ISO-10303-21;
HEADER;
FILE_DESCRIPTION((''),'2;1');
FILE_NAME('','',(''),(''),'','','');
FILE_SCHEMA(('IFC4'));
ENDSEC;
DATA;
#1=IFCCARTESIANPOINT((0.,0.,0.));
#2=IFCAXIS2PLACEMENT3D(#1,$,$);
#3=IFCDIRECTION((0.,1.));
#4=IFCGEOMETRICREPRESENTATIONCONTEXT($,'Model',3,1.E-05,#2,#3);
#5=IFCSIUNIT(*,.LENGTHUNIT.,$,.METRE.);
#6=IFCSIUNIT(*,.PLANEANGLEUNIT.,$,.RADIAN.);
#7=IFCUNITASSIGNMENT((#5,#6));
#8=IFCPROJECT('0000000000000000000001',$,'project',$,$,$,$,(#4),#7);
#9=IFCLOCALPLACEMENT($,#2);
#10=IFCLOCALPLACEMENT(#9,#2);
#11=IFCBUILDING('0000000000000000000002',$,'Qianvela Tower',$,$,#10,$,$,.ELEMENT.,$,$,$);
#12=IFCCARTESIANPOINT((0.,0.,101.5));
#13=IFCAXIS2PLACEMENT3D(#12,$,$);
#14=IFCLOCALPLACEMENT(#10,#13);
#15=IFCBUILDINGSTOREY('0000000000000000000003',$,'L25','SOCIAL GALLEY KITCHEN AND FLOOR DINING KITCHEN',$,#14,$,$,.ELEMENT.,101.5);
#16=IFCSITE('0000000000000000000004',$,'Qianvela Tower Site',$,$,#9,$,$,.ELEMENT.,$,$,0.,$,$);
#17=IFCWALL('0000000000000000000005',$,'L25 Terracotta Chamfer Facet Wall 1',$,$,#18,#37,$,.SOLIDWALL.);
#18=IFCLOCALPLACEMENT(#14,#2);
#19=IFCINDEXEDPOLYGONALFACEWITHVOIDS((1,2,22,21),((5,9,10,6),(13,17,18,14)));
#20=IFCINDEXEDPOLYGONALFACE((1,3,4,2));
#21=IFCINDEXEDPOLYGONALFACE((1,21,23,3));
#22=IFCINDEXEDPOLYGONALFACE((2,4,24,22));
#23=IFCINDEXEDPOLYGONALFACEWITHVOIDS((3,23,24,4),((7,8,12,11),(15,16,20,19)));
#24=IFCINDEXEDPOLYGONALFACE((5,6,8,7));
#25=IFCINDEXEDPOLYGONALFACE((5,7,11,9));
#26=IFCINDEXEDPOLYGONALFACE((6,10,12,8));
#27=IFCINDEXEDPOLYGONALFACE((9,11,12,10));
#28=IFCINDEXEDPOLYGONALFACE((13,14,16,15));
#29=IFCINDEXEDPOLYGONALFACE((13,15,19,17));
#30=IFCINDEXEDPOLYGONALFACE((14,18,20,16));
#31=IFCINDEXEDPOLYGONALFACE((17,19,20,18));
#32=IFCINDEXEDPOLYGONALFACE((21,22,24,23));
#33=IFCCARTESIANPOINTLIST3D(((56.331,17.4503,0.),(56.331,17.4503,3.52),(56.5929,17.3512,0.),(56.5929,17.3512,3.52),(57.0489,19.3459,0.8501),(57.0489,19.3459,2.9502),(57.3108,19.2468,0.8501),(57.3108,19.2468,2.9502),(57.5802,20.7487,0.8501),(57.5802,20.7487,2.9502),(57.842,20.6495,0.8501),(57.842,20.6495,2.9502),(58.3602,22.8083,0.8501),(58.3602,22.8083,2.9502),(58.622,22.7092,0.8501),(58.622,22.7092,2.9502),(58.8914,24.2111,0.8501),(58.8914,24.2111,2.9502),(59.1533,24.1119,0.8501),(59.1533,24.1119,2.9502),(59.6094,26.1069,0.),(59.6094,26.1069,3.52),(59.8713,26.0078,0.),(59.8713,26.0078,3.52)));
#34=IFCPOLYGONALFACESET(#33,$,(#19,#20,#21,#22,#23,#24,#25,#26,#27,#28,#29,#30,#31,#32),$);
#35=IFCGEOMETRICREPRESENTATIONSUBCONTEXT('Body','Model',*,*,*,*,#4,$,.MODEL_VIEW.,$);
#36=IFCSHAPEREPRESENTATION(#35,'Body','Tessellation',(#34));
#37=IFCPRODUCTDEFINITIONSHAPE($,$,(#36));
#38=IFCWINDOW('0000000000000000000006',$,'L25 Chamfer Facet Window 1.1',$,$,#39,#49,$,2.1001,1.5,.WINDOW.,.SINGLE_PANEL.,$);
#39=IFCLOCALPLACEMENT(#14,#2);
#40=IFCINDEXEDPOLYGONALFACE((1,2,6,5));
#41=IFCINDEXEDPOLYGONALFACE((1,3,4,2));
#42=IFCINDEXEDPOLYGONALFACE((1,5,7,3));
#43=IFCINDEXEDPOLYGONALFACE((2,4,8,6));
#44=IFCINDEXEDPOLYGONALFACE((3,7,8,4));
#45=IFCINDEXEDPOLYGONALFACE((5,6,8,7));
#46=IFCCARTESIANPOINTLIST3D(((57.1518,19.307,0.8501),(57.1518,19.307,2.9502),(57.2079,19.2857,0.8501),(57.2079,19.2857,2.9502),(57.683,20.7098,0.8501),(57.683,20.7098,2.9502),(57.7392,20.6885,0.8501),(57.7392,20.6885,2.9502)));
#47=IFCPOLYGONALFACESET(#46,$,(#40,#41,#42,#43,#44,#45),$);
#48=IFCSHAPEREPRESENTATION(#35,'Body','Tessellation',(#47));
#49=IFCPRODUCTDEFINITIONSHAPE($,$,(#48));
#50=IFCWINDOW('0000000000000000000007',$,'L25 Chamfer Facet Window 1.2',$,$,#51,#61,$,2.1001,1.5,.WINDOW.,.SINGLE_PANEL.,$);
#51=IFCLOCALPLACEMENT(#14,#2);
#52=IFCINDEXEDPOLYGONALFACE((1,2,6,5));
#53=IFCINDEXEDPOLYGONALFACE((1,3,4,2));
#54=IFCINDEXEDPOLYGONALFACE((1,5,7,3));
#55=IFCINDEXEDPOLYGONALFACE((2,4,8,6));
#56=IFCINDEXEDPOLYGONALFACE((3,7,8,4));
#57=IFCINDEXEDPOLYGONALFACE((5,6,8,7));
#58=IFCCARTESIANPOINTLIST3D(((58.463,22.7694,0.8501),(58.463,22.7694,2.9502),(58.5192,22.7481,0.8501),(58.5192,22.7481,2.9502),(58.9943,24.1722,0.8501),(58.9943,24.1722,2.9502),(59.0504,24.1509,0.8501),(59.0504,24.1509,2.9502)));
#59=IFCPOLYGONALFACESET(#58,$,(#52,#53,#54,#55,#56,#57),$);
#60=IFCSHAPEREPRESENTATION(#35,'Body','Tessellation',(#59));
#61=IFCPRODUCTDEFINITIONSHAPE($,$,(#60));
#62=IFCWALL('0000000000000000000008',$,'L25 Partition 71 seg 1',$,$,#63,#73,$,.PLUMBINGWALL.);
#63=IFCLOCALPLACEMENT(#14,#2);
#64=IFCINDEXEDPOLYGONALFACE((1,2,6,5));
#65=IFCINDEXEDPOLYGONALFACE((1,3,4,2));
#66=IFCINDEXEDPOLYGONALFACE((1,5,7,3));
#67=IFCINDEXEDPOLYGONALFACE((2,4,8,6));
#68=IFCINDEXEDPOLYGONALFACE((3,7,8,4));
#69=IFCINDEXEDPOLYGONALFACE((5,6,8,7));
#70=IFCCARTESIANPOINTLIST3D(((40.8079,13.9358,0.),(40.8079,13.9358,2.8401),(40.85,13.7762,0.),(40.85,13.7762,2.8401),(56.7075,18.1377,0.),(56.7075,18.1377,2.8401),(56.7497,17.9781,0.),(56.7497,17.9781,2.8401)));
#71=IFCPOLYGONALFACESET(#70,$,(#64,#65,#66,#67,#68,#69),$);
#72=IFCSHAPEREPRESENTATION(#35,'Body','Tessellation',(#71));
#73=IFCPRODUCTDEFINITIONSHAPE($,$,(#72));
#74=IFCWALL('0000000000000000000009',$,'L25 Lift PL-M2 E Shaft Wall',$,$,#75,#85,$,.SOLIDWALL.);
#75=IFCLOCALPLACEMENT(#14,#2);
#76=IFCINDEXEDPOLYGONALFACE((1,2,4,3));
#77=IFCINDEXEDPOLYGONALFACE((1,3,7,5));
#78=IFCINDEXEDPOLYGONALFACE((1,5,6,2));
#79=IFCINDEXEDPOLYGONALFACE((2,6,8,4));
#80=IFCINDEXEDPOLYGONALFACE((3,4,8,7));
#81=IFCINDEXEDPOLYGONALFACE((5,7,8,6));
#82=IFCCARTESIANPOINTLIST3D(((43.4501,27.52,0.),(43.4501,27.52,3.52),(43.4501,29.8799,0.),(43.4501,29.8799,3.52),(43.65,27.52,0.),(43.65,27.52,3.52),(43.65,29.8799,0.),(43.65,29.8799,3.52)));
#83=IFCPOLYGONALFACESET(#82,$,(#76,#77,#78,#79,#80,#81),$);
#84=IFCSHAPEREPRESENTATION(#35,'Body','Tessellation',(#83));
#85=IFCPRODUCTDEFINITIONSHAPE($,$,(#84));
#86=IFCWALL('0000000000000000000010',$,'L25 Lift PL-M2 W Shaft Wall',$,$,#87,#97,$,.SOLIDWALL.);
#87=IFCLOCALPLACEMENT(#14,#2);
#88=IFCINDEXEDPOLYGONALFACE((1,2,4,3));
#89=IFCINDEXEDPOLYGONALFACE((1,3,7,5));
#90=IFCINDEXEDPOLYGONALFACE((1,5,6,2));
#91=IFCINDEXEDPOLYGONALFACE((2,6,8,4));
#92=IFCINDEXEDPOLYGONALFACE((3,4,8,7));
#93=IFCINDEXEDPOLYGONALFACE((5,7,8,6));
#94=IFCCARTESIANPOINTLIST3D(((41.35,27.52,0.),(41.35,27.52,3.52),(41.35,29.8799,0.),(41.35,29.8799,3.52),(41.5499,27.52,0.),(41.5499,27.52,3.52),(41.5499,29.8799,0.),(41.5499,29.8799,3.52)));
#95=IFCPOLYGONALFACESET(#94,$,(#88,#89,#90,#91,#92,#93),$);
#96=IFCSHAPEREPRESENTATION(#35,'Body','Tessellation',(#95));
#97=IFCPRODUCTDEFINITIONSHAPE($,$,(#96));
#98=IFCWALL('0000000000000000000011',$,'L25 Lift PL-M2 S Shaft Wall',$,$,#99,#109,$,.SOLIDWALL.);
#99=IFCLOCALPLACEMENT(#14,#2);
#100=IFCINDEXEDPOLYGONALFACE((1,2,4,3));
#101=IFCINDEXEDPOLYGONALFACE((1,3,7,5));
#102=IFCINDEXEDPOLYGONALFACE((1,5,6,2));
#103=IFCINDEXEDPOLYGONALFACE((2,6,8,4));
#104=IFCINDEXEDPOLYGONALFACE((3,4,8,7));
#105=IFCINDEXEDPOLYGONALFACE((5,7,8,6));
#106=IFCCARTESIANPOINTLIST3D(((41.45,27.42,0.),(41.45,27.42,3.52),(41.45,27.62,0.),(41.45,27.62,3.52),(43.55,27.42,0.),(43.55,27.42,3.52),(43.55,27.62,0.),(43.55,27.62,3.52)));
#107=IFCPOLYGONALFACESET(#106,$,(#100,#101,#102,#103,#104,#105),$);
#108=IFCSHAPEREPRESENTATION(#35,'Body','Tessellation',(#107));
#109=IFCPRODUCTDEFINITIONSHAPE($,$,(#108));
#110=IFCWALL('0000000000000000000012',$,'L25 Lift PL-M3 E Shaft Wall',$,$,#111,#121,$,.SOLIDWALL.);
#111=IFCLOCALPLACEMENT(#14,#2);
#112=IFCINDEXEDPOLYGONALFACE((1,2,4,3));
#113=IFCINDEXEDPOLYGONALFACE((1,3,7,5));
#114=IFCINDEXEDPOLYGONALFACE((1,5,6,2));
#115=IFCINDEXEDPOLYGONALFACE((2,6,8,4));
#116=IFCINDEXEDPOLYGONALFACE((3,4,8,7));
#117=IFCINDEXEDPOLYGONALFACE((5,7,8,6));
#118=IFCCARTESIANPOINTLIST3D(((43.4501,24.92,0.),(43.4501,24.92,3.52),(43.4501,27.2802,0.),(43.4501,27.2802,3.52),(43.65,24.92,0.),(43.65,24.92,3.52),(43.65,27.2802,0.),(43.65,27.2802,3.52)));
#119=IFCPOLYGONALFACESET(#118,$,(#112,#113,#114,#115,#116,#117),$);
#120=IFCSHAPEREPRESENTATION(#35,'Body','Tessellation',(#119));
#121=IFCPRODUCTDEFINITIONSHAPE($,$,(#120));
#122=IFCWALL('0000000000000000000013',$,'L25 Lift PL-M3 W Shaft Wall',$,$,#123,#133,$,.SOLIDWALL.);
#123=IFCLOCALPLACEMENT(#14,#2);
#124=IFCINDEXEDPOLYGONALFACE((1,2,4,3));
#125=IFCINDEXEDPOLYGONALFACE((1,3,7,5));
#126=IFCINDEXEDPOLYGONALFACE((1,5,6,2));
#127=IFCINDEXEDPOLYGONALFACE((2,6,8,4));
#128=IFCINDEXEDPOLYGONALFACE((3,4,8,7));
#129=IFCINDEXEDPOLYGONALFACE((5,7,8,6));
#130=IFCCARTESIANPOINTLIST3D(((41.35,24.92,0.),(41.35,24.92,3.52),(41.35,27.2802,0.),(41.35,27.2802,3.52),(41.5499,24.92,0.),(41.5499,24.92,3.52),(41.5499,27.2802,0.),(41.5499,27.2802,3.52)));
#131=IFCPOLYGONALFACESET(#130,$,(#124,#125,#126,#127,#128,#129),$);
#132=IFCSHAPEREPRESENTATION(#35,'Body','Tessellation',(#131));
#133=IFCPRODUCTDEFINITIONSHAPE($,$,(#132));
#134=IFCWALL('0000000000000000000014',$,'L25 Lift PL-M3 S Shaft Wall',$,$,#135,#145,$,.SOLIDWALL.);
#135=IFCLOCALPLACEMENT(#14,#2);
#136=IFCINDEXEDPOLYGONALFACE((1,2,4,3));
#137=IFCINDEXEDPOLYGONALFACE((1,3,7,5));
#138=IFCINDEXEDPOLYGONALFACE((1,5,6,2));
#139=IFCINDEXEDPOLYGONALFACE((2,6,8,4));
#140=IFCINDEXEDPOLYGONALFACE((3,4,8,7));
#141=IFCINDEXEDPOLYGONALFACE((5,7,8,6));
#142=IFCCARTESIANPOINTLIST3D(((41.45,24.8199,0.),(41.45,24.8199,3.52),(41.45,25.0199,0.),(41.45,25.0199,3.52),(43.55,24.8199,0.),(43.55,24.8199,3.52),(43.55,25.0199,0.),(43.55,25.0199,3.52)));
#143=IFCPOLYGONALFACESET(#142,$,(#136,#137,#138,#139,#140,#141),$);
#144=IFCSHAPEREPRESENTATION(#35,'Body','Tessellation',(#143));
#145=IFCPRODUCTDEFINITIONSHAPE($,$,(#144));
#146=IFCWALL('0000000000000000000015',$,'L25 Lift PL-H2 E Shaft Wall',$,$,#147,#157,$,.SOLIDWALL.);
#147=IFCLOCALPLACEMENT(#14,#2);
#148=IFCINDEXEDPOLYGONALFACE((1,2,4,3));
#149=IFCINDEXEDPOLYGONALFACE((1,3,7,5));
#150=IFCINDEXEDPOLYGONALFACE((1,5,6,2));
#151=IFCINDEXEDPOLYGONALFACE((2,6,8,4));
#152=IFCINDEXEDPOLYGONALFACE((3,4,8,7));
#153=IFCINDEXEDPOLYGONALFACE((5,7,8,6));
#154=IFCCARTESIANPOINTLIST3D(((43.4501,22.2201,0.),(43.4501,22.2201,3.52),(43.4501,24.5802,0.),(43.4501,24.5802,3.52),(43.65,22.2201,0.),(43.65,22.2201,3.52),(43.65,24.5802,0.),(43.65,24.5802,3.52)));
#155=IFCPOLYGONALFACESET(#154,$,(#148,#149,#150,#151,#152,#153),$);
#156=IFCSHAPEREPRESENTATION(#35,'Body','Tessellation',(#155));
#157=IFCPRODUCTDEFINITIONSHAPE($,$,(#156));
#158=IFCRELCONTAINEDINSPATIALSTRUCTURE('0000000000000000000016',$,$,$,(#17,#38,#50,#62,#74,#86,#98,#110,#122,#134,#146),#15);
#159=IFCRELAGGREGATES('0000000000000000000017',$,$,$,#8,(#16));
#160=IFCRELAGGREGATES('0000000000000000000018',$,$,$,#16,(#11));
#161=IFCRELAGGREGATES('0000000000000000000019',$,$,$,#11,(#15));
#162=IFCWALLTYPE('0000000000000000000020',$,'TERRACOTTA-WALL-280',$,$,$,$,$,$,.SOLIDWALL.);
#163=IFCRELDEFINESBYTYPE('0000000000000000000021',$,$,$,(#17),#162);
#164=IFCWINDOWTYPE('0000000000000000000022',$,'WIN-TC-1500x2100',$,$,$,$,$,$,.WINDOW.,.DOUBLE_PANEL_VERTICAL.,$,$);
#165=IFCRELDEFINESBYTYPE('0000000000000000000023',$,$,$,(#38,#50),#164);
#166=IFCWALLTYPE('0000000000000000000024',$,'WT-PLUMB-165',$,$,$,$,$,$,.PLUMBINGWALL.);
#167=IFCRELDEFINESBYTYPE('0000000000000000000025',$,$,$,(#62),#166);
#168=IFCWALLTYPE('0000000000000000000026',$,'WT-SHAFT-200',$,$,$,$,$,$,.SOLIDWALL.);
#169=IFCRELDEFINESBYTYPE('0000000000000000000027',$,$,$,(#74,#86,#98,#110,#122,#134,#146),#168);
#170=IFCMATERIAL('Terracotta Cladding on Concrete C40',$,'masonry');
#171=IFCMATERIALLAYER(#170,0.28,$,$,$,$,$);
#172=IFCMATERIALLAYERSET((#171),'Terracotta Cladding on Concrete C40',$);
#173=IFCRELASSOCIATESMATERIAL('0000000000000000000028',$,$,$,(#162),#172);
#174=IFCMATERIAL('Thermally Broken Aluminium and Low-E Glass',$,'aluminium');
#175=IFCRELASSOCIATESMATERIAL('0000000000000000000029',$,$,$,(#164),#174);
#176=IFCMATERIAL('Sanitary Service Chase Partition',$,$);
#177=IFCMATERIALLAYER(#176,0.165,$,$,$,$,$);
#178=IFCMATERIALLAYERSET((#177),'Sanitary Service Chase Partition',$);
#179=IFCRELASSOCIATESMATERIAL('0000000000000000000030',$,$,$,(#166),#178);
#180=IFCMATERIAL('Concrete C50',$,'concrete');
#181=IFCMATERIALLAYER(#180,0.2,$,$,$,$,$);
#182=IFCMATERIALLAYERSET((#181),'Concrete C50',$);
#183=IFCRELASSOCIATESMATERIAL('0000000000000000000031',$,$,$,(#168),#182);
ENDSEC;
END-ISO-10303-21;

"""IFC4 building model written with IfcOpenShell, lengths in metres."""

from ifc_helpers import new_model, si_unit, direction, frame, frame_2d, origin, place, context, subcontext, project, spatial, rectangle, extrude, material, layer, layer_set, type_object, element, fill, save


model = new_model("IFC4")

# Units and contexts
model_context = context("Model", 3, precision=1e-05, world=origin(), true_north=direction((0.0, 1.0)))
body_context = subcontext(model_context, "Body", "Model", "MODEL_VIEW")
ifc_project = project(units=[si_unit("LENGTHUNIT", "METRE"), si_unit("PLANEANGLEUNIT", "RADIAN")], contexts=[model_context])

# Site, building, storey
site_placement = place(None, origin())
site = spatial("IfcSite", under=ifc_project, at=site_placement, Name="Qianvela Tower Site", CompositionType="ELEMENT", RefElevation=0.0)
building_placement = place(site_placement, origin())
building = spatial("IfcBuilding", under=site, at=building_placement, Name="Qianvela Tower", CompositionType="ELEMENT")
storey_placement = place(building_placement, frame((0.0, 0.0, 101.5)))
storey = spatial("IfcBuildingStorey", under=building, at=storey_placement, Name="L25", Description="SOCIAL GALLEY KITCHEN AND FLOOR DINING KITCHEN", CompositionType="ELEMENT", Elevation=101.5)

# Wall, openings, windows
ifc_material_1 = material(Name="Terracotta Cladding on Concrete C40", Category="masonry")
ifc_layer_1 = layer(ifc_material_1, 0.28)
ifc_layer_set_1 = layer_set([ifc_layer_1], Name="Terracotta Cladding on Concrete C40")
wall_type_1 = type_object("IfcWallType", Name="TERRACOTTA-WALL-280", PredefinedType="SOLIDWALL", material=ifc_layer_set_1)
wall_1_placement = place(storey_placement, frame((56.4619, 17.4006, 0.0), z_axis=(0.0, 0.0, 1.0), x_axis=(0.354165, 0.935183, 0.0)))
wall_1 = element("IfcWall", 1, at=wall_1_placement, inside=storey, type_object=wall_type_1, Name="L25 Terracotta Chamfer Facet Wall 1", PredefinedType="SOLIDWALL", context=body_context, shape_type="SweptSolid", body=[
    extrude(rectangle(XDim=9.2566, YDim=0.28, at=frame_2d((4.6284, 0.0))), origin(), (0.0, 0.0, 1.0), 3.52),
])
opening_1_placement = place(wall_1_placement, frame((2.0271, 0.0, 0.8501)))
opening_1 = element("IfcOpeningElement", 2, at=opening_1_placement, cuts=wall_1, PredefinedType="OPENING", context=body_context, shape_type="SweptSolid", body=[
    extrude(rectangle(XDim=1.5, YDim=2.1001, at=frame_2d((0.75, 1.05))), frame((0.0, 0.1499, 0.0), z_axis=(0.0, -1.0, 0.0), x_axis=(1.0, 0.0, 0.0)), (0.0, 0.0, 1.0), 0.3),
])
opening_2_placement = place(wall_1_placement, frame((5.7295, 0.0, 0.8501)))
opening_2 = element("IfcOpeningElement", 3, at=opening_2_placement, cuts=wall_1, PredefinedType="OPENING", context=body_context, shape_type="SweptSolid", body=[
    extrude(rectangle(XDim=1.5, YDim=2.1001, at=frame_2d((0.75, 1.05))), frame((0.0, 0.1499, 0.0), z_axis=(0.0, -1.0, 0.0), x_axis=(1.0, 0.0, 0.0)), (0.0, 0.0, 1.0), 0.3),
])
ifc_material_2 = material(Name="Thermally Broken Aluminium and Low-E Glass", Category="aluminium")
window_type = type_object("IfcWindowType", Name="WIN-TC-1500x2100", PartitioningType="DOUBLE_PANEL_VERTICAL", PredefinedType="WINDOW", material=ifc_material_2)
window_1_placement = place(opening_1_placement, origin())
window_1 = element("IfcWindow", 4, at=window_1_placement, inside=storey, type_object=window_type, Name="L25 Chamfer Facet Window 1.1", OverallHeight=2.1001, OverallWidth=1.5, PartitioningType="SINGLE_PANEL", PredefinedType="WINDOW", context=body_context, shape_type="SweptSolid", body=[
    extrude(rectangle(XDim=1.5, YDim=2.1001, at=frame_2d((0.75, 1.05))), frame((0.0, 0.03, 0.0), z_axis=(0.0, -1.0, 0.0), x_axis=(1.0, 0.0, 0.0)), (0.0, 0.0, 1.0), 0.0601),
])
fill(opening_1, window_1)
window_2_placement = place(opening_2_placement, origin())
window_2 = element("IfcWindow", 5, at=window_2_placement, inside=storey, type_object=window_type, Name="L25 Chamfer Facet Window 1.2", OverallHeight=2.1001, OverallWidth=1.5, PartitioningType="SINGLE_PANEL", PredefinedType="WINDOW", context=body_context, shape_type="SweptSolid", body=[
    extrude(rectangle(XDim=1.5, YDim=2.1001, at=frame_2d((0.75, 1.05))), frame((0.0, 0.03, 0.0), z_axis=(0.0, -1.0, 0.0), x_axis=(1.0, 0.0, 0.0)), (0.0, 0.0, 1.0), 0.0601),
])
fill(opening_2, window_2)

# Walls
ifc_material_3 = material(Name="Sanitary Service Chase Partition")
ifc_layer_2 = layer(ifc_material_3, 0.165)
ifc_layer_set_2 = layer_set([ifc_layer_2], Name="Sanitary Service Chase Partition")
wall_type_2 = type_object("IfcWallType", Name="WT-PLUMB-165", PredefinedType="PLUMBINGWALL", material=ifc_layer_set_2)
wall_2_placement = place(storey_placement, frame((56.7285, 18.0579, 0.0), z_axis=(0.0, 0.0, 1.0), x_axis=(-0.966808, -0.255504, 0.0)))
element("IfcWall", 6, at=wall_2_placement, inside=storey, type_object=wall_type_2, Name="L25 Partition 71 seg 1", PredefinedType="PLUMBINGWALL", context=body_context, shape_type="SweptSolid", body=[
    extrude(rectangle(XDim=16.4456, YDim=0.165, at=frame_2d((8.2227, 0.0))), origin(), (0.0, 0.0, 1.0), 2.8401),
])
ifc_material_4 = material(Name="Concrete C50", Category="concrete")
ifc_layer_3 = layer(ifc_material_4, 0.2)
ifc_layer_set_3 = layer_set([ifc_layer_3], Name="Concrete C50")
wall_type_3 = type_object("IfcWallType", Name="WT-SHAFT-200", PredefinedType="SOLIDWALL", material=ifc_layer_set_3)
for number, where, z_axis, x_axis, name in (
    (7, (43.55, 27.52, 0.0), (0.0, 0.0, 1.0), (0.0, 1.0, 0.0), "L25 Lift PL-M2 E Shaft Wall"),
    (8, (41.45, 27.52, 0.0), (0.0, 0.0, 1.0), (0.0, 1.0, 0.0), "L25 Lift PL-M2 W Shaft Wall"),
):
    element("IfcWall", number, at=place(storey_placement, frame(where, z_axis=z_axis, x_axis=x_axis)), inside=storey, type_object=wall_type_3, Name=name, PredefinedType="SOLIDWALL", context=body_context, shape_type="SweptSolid", body=[
        extrude(rectangle(XDim=2.3599, YDim=0.2, at=frame_2d((1.1799, 0.0))), origin(), (0.0, 0.0, 1.0), 3.52),
    ])
wall_3_placement = place(storey_placement, frame((41.45, 27.52, 0.0), z_axis=(0.0, 0.0, 1.0), x_axis=(1.0, 0.0, 0.0)))
element("IfcWall", 9, at=wall_3_placement, inside=storey, type_object=wall_type_3, Name="L25 Lift PL-M2 S Shaft Wall", PredefinedType="SOLIDWALL", context=body_context, shape_type="SweptSolid", body=[
    extrude(rectangle(XDim=2.1001, YDim=0.2, at=frame_2d((1.05, 0.0))), origin(), (0.0, 0.0, 1.0), 3.52),
])
for number, where, z_axis, x_axis, name in (
    (10, (43.55, 24.9199, 0.0), (0.0, 0.0, 1.0), (0.0, 1.0, 0.0), "L25 Lift PL-M3 E Shaft Wall"),
    (11, (41.45, 24.9199, 0.0), (0.0, 0.0, 1.0), (0.0, 1.0, 0.0), "L25 Lift PL-M3 W Shaft Wall"),
):
    element("IfcWall", number, at=place(storey_placement, frame(where, z_axis=z_axis, x_axis=x_axis)), inside=storey, type_object=wall_type_3, Name=name, PredefinedType="SOLIDWALL", context=body_context, shape_type="SweptSolid", body=[
        extrude(rectangle(XDim=2.3601, YDim=0.2, at=frame_2d((1.1802, 0.0))), origin(), (0.0, 0.0, 1.0), 3.52),
    ])
wall_4_placement = place(storey_placement, frame((41.45, 24.9199, 0.0), z_axis=(0.0, 0.0, 1.0), x_axis=(1.0, 0.0, 0.0)))
element("IfcWall", 12, at=wall_4_placement, inside=storey, type_object=wall_type_3, Name="L25 Lift PL-M3 S Shaft Wall", PredefinedType="SOLIDWALL", context=body_context, shape_type="SweptSolid", body=[
    extrude(rectangle(XDim=2.1001, YDim=0.2, at=frame_2d((1.05, 0.0))), origin(), (0.0, 0.0, 1.0), 3.52),
])
wall_5_placement = place(storey_placement, frame((43.55, 22.22, 0.0), z_axis=(0.0, 0.0, 1.0), x_axis=(0.0, 1.0, 0.0)))
element("IfcWall", 13, at=wall_5_placement, inside=storey, type_object=wall_type_3, Name="L25 Lift PL-H2 E Shaft Wall", PredefinedType="SOLIDWALL", context=body_context, shape_type="SweptSolid", body=[
    extrude(rectangle(XDim=2.3601, YDim=0.2, at=frame_2d((1.1802, 0.0))), origin(), (0.0, 0.0, 1.0), 3.52),
])

save(model, "model.ifc")
